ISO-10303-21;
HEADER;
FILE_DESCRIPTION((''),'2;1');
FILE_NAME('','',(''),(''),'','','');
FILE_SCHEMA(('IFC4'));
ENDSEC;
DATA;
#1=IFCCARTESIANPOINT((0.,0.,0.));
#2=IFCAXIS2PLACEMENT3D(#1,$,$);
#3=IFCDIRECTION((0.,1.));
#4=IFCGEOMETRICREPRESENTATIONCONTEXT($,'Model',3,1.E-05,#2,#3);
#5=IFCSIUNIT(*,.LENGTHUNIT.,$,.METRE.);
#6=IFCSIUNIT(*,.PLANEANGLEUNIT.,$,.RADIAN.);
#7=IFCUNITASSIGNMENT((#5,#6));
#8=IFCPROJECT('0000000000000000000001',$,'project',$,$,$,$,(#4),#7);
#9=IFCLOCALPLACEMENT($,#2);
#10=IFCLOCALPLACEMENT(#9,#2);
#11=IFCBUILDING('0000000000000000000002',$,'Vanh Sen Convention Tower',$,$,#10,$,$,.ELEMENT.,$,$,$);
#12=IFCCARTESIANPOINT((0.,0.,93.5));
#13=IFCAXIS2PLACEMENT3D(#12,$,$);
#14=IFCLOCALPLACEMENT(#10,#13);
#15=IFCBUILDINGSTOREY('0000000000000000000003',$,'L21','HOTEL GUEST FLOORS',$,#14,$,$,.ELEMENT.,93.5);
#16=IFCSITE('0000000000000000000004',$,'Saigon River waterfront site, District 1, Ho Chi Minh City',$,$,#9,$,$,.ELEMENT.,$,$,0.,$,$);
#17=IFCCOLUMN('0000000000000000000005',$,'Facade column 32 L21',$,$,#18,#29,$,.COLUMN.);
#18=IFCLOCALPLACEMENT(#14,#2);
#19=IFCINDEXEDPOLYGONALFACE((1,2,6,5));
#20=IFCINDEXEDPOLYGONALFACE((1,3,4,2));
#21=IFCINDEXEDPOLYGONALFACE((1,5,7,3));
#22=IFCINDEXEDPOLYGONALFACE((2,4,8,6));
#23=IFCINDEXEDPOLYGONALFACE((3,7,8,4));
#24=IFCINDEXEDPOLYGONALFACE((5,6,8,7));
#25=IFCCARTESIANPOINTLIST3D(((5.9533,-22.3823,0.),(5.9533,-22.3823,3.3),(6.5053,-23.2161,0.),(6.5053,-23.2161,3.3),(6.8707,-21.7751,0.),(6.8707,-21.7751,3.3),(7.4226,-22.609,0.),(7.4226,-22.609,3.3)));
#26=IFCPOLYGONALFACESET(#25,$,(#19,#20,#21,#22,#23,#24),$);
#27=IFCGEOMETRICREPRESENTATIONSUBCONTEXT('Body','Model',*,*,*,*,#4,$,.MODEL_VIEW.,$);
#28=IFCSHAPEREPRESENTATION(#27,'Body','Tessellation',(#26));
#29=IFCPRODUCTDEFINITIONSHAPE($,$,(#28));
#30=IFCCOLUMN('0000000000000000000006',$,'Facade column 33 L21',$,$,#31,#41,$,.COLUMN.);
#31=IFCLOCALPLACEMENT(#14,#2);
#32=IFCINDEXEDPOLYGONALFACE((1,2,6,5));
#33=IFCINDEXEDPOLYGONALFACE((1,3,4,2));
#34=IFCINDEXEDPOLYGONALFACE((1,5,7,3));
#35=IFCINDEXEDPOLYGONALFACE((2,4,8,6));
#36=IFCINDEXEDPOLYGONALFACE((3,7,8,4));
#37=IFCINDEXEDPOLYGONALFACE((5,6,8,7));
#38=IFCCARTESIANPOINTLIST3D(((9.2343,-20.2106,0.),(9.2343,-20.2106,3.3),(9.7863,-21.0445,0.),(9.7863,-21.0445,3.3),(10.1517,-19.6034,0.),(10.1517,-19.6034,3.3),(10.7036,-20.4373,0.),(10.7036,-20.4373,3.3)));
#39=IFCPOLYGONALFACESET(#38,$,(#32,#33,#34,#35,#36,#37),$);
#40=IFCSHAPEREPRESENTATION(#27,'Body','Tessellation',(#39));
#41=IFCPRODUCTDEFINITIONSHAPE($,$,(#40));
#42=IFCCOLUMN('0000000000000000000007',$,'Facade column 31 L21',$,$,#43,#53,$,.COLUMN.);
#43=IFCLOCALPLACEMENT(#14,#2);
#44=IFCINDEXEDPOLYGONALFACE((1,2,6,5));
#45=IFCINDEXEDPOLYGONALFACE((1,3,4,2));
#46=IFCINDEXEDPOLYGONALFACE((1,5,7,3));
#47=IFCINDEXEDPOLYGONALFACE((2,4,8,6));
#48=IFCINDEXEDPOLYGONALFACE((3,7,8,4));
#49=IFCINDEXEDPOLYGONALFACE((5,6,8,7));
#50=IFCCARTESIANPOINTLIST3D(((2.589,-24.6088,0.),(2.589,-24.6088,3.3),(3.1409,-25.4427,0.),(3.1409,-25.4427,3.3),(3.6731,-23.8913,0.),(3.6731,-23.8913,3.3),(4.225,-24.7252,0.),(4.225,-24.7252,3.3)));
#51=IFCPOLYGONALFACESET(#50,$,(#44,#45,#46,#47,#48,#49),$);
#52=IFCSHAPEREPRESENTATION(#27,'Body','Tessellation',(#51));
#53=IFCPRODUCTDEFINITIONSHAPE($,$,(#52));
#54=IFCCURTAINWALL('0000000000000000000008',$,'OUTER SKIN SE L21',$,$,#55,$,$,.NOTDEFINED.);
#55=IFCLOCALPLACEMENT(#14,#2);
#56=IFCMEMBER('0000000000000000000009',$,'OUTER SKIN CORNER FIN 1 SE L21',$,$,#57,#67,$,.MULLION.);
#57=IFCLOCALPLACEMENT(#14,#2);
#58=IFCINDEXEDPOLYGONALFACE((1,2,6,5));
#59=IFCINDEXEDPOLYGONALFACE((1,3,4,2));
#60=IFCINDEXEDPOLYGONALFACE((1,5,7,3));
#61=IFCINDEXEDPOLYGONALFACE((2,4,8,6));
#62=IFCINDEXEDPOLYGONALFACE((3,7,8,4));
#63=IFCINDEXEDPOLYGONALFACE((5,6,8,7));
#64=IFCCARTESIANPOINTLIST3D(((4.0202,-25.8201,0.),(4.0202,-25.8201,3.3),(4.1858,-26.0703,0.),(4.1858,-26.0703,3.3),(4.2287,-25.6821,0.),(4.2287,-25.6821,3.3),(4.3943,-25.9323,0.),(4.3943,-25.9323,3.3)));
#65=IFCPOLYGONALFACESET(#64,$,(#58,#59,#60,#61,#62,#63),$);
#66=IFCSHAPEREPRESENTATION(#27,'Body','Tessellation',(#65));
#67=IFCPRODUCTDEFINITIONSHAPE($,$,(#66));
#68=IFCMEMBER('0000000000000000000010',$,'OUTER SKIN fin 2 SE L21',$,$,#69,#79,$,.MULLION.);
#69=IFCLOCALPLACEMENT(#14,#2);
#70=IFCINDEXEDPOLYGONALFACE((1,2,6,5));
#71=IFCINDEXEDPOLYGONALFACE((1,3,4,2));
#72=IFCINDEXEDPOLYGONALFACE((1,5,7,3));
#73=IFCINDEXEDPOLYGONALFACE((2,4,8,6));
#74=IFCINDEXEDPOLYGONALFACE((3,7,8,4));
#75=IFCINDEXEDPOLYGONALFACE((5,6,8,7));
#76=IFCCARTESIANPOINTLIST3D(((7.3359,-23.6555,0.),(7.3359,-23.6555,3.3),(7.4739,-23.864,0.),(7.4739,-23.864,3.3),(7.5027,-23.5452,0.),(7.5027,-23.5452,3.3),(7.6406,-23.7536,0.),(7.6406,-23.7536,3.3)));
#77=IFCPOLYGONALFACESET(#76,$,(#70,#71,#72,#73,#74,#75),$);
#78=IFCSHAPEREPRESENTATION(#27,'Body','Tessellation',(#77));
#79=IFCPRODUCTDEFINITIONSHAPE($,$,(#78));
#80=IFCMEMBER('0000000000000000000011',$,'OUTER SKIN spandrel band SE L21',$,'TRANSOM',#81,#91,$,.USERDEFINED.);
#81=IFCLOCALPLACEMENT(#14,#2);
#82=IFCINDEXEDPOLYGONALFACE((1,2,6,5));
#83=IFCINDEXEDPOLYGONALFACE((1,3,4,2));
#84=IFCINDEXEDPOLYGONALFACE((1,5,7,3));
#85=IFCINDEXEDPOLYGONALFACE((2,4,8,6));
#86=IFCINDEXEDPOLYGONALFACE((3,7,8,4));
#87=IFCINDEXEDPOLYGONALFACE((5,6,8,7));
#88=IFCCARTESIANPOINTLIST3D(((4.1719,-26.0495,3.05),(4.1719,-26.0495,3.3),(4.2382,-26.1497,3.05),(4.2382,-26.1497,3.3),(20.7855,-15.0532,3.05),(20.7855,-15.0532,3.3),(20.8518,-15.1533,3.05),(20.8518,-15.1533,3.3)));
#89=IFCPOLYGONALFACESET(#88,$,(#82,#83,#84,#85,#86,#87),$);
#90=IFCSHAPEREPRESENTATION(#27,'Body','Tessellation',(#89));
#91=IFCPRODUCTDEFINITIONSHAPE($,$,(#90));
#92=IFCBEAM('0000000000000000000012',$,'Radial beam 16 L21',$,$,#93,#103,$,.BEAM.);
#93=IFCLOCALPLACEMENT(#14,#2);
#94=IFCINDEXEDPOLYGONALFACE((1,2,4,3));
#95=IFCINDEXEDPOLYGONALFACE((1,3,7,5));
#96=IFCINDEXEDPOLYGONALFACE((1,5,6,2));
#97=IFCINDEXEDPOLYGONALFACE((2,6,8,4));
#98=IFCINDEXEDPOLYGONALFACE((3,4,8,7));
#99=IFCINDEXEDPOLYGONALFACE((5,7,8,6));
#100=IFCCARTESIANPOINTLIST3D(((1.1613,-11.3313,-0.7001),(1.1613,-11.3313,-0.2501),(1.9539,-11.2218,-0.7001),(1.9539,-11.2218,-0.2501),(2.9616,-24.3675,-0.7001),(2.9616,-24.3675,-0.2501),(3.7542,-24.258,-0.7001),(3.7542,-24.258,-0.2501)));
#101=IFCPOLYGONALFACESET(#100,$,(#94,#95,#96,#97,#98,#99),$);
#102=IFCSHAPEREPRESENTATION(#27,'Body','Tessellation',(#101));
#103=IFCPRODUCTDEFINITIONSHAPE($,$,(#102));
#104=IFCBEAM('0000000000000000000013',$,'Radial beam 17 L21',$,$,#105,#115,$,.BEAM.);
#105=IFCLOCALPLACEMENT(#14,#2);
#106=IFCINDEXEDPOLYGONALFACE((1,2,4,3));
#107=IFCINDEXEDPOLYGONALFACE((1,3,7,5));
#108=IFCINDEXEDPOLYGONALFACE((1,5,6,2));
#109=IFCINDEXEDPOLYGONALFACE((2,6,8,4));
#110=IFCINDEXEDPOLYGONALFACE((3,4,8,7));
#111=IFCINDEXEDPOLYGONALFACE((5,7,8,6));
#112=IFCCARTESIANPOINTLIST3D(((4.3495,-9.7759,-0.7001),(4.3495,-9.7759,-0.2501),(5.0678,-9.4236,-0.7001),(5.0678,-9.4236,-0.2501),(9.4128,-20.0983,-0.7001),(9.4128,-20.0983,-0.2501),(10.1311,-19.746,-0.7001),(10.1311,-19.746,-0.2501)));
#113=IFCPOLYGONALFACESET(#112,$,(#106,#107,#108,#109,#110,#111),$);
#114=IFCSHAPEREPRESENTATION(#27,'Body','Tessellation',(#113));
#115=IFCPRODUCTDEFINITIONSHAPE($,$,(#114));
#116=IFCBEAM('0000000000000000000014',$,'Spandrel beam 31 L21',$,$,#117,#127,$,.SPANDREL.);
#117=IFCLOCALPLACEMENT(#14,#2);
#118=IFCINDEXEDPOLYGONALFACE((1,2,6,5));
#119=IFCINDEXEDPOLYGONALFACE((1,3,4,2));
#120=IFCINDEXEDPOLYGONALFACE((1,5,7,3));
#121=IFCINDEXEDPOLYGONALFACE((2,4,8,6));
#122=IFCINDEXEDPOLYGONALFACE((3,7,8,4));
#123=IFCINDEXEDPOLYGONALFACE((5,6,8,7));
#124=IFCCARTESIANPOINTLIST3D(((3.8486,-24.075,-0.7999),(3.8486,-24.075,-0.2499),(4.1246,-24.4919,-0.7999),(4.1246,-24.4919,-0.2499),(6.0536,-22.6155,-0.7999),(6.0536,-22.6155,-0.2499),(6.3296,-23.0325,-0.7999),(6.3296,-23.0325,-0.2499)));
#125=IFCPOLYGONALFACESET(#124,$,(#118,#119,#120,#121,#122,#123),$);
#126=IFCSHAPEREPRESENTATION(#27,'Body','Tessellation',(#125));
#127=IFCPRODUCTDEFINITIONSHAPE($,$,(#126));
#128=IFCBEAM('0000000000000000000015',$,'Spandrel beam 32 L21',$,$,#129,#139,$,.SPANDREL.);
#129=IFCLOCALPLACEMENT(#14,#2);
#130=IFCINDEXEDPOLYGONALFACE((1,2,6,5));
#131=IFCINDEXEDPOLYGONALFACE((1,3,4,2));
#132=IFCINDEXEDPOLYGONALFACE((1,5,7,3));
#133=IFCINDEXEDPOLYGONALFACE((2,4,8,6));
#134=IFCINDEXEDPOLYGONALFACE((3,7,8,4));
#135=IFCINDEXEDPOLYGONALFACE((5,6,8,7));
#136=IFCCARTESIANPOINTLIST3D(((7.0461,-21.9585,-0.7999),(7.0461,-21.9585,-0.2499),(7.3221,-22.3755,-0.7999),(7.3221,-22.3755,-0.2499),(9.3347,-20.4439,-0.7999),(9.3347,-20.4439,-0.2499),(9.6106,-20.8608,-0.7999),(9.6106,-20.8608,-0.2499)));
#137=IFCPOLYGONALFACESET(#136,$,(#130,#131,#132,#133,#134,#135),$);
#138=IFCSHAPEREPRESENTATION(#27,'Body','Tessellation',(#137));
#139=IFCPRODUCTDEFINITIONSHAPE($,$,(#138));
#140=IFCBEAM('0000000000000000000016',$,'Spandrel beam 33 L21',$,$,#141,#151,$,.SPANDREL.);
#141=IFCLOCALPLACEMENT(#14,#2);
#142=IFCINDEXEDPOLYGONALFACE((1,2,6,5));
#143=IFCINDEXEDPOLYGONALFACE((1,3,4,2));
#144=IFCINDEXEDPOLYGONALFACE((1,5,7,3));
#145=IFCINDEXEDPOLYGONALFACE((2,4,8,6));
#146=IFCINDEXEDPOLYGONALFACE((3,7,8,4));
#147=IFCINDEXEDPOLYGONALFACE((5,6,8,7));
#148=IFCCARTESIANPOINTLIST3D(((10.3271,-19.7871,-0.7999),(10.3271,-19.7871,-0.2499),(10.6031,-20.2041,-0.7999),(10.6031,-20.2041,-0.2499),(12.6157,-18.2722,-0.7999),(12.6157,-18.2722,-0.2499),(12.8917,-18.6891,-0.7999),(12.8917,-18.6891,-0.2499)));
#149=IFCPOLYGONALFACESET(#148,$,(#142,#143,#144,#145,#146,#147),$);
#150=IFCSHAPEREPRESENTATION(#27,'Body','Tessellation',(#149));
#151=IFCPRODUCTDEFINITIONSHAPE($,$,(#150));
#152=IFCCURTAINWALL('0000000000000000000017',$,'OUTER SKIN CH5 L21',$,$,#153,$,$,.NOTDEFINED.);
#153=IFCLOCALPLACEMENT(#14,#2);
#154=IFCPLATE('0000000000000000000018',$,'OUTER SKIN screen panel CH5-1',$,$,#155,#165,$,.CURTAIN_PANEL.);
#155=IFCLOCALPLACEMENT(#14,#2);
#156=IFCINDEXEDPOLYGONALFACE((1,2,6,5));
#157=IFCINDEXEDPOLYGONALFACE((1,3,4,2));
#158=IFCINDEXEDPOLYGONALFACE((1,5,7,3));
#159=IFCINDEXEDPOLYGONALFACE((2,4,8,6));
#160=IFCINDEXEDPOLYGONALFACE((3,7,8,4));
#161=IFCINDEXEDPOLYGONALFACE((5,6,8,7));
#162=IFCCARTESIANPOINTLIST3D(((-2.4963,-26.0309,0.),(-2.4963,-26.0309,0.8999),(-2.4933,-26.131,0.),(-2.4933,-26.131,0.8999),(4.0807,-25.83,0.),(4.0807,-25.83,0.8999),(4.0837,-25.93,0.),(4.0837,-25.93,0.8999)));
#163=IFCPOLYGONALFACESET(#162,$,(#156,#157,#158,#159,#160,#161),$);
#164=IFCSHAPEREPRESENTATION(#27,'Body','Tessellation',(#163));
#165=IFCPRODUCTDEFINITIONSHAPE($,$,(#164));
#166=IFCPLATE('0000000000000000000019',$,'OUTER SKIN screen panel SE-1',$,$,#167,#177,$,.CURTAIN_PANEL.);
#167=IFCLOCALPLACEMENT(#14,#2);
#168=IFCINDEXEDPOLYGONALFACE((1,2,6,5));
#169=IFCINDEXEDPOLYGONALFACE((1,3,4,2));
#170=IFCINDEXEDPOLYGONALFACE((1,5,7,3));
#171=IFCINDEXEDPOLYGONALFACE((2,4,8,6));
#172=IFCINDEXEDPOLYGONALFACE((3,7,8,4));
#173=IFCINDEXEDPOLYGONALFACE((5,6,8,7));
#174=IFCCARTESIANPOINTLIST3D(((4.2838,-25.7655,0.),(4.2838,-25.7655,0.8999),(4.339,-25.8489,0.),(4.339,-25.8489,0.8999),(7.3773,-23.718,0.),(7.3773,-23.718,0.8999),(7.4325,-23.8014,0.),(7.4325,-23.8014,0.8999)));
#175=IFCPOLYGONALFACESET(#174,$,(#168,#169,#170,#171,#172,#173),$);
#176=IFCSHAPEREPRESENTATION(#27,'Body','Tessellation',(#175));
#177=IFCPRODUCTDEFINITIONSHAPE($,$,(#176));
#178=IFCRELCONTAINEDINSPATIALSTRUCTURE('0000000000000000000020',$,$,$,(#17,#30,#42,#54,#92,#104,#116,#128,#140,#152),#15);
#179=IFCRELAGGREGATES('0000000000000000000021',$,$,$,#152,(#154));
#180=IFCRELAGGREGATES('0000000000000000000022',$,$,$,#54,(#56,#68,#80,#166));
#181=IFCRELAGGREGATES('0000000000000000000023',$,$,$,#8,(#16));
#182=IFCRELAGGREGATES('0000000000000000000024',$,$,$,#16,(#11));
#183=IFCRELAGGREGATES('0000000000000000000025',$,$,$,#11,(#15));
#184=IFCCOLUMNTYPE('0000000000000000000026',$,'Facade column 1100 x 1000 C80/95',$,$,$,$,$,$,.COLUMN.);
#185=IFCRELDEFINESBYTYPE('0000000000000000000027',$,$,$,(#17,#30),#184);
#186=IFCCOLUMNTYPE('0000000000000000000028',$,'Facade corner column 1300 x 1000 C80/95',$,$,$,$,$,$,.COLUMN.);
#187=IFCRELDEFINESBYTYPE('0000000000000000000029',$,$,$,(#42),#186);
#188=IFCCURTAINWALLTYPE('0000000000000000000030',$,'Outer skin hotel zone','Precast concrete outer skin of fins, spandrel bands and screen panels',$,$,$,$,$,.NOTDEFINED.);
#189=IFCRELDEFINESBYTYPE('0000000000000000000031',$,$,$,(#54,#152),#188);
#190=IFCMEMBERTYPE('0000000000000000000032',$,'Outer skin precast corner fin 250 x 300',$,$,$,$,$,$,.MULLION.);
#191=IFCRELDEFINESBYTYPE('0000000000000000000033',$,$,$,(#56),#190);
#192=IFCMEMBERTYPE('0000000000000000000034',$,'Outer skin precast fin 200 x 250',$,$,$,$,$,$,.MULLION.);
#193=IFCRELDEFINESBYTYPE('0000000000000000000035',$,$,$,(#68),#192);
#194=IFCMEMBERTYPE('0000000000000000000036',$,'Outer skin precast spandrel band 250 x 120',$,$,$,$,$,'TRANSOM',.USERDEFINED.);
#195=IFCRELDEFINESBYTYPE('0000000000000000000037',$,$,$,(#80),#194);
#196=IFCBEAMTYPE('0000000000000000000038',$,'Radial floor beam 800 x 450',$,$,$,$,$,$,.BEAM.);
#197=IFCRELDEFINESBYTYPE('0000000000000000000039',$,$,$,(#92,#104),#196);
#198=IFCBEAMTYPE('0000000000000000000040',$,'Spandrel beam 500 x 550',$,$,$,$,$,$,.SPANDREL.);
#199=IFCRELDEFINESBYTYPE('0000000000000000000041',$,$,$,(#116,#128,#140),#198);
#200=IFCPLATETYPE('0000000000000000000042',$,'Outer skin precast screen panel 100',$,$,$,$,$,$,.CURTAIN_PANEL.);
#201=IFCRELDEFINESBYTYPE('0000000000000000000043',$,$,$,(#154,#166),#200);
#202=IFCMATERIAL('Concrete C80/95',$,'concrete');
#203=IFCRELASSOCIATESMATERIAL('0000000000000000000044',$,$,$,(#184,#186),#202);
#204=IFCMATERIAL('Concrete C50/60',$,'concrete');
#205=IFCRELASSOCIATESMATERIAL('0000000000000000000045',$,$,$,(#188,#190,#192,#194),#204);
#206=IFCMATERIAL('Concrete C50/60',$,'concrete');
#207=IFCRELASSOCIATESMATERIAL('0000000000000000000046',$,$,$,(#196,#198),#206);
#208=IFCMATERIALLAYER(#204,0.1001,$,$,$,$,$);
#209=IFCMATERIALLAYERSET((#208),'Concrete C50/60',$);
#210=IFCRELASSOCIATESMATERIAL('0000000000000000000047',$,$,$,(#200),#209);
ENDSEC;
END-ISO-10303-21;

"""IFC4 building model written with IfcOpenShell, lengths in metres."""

from ifc_helpers import new_model, si_unit, direction, frame, origin, origin_2d, place, context, subcontext, project, spatial, rectangle, extrude, material, layer, layer_set, material_profile, profile_set, type_object, element, aggregate, save


model = new_model("IFC4")

# Units and contexts
model_context = context("Model", 3, precision=1e-05, world=origin(), true_north=direction((0.0, 1.0)))
body_context = subcontext(model_context, "Body", "Model", "MODEL_VIEW")
ifc_project = project(units=[si_unit("LENGTHUNIT", "METRE"), si_unit("PLANEANGLEUNIT", "RADIAN")], contexts=[model_context])

# Site, building, storey
site_placement = place(None, origin())
site = spatial("IfcSite", under=ifc_project, at=site_placement, Name="Saigon River waterfront site, District 1, Ho Chi Minh City", CompositionType="ELEMENT", RefElevation=0.0)
building_placement = place(site_placement, origin())
building = spatial("IfcBuilding", under=site, at=building_placement, Name="Vanh Sen Convention Tower", CompositionType="ELEMENT")
storey_placement = place(building_placement, frame((0.0, 0.0, 93.5)))
storey = spatial("IfcBuildingStorey", under=building, at=storey_placement, Name="L21", Description="HOTEL GUEST FLOORS", CompositionType="ELEMENT", Elevation=93.5)

# Columns
ifc_material_1 = material(Name="Concrete C80/95", Category="concrete")
ifc_material_profile_1 = material_profile(ifc_material_1, rectangle(XDim=1.1001, YDim=1.0, at=origin_2d()), Name="RC 1100X1000")
ifc_profile_set_1 = profile_set([ifc_material_profile_1], Name="Concrete C80/95")
column_type_1 = type_object("IfcColumnType", Name="Facade column 1100 x 1000 C80/95", PredefinedType="COLUMN", material=ifc_profile_set_1)
for number, where, z_axis, x_axis, name in (
    (1, (6.688, -22.4956, 0.0), (0.0, 0.0, 1.0), (0.833886, 0.551937, 0.0), "Facade column 32 L21"),
    (2, (9.969, -20.324, 0.0), (0.0, 0.0, 1.0), (0.833886, 0.551937, 0.0), "Facade column 33 L21"),
):
    element("IfcColumn", number, at=place(storey_placement, frame(where, z_axis=z_axis, x_axis=x_axis)), inside=storey, type_object=column_type_1, Name=name, PredefinedType="COLUMN", context=body_context, shape_type="SweptSolid", body=[
        extrude(rectangle(XDim=1.1001, YDim=1.0, at=origin_2d()), origin(), (0.0, 0.0, 1.0), 3.3),
    ])
ifc_material_profile_2 = material_profile(ifc_material_1, rectangle(XDim=1.3, YDim=1.0, at=origin_2d()), Name="RC 1300X1000")
ifc_profile_set_2 = profile_set([ifc_material_profile_2], Name="Concrete C80/95")
column_type_2 = type_object("IfcColumnType", Name="Facade corner column 1300 x 1000 C80/95", PredefinedType="COLUMN", material=ifc_profile_set_2)
column_placement = place(storey_placement, frame((3.407, -24.667, 0.0), z_axis=(0.0, 0.0, 1.0), x_axis=(0.833886, 0.551937, 0.0)))
element("IfcColumn", 3, at=column_placement, inside=storey, type_object=column_type_2, Name="Facade column 31 L21", PredefinedType="COLUMN", context=body_context, shape_type="SweptSolid", body=[
    extrude(rectangle(XDim=1.3, YDim=1.0, at=origin_2d()), origin(), (0.0, 0.0, 1.0), 3.3),
])

# Curtain wall, members
ifc_material_2 = material(Name="Concrete C50/60", Category="concrete")
curtain_wall_type = type_object("IfcCurtainWallType", Name="Outer skin hotel zone", Description="Precast concrete outer skin of fins, spandrel bands and screen panels", PredefinedType="NOTDEFINED", material=ifc_material_2)
curtain_wall_1_placement = place(storey_placement, origin())
curtain_wall_1 = element("IfcCurtainWall", 4, at=curtain_wall_1_placement, inside=storey, type_object=curtain_wall_type, Name="OUTER SKIN SE L21", PredefinedType="NOTDEFINED")
ifc_material_profile_3 = material_profile(ifc_material_2, rectangle(XDim=0.25, YDim=0.3, at=origin_2d()), Name="Outer skin precast corner fin 250 x 300")
ifc_profile_set_3 = profile_set([ifc_material_profile_3], Name="Concrete C50/60")
member_type_1 = type_object("IfcMemberType", Name="Outer skin precast corner fin 250 x 300", PredefinedType="MULLION", material=ifc_profile_set_3)
member_1_placement = place(storey_placement, frame((4.2073, -25.8762, 0.0), z_axis=(0.0, 0.0, 1.0), x_axis=(0.833886, 0.551937, 0.0)))
member_1 = element("IfcMember", 5, at=member_1_placement, type_object=member_type_1, Name="OUTER SKIN CORNER FIN 1 SE L21", PredefinedType="MULLION", context=body_context, shape_type="SweptSolid", body=[
    extrude(rectangle(XDim=0.25, YDim=0.3, at=origin_2d()), origin(), (0.0, 0.0, 1.0), 3.3),
])
ifc_material_profile_4 = material_profile(ifc_material_2, rectangle(XDim=0.2, YDim=0.25, at=origin_2d()), Name="Outer skin precast fin 200 x 250")
ifc_profile_set_4 = profile_set([ifc_material_profile_4], Name="Concrete C50/60")
member_type_2 = type_object("IfcMemberType", Name="Outer skin precast fin 200 x 250", PredefinedType="MULLION", material=ifc_profile_set_4)
member_2_placement = place(storey_placement, frame((7.4883, -23.7046, 0.0), z_axis=(0.0, 0.0, 1.0), x_axis=(0.833886, 0.551937, 0.0)))
member_2 = element("IfcMember", 6, at=member_2_placement, type_object=member_type_2, Name="OUTER SKIN fin 2 SE L21", PredefinedType="MULLION", context=body_context, shape_type="SweptSolid", body=[
    extrude(rectangle(XDim=0.2, YDim=0.25, at=origin_2d()), origin(), (0.0, 0.0, 1.0), 3.3),
])
ifc_material_profile_5 = material_profile(ifc_material_2, rectangle(XDim=0.1201, YDim=0.25, at=origin_2d()), Name="Outer skin precast spandrel band 250 x 120")
ifc_profile_set_5 = profile_set([ifc_material_profile_5], Name="Concrete C50/60")
member_type_3 = type_object("IfcMemberType", Name="Outer skin precast spandrel band 250 x 120", ElementType="TRANSOM", PredefinedType="USERDEFINED", material=ifc_profile_set_5)
member_3_placement = place(storey_placement, frame((4.2051, -26.0996, 3.175), z_axis=(0.833884, 0.55194, 0.0), x_axis=(-0.55194, 0.833884, 0.0)))
member_3 = element("IfcMember", 7, at=member_3_placement, type_object=member_type_3, Name="OUTER SKIN spandrel band SE L21", ObjectType="TRANSOM", PredefinedType="USERDEFINED", context=body_context, shape_type="SweptSolid", body=[
    extrude(rectangle(XDim=0.1201, YDim=0.25, at=origin_2d()), origin(), (0.0, 0.0, 1.0), 19.9231),
])

# Beams
ifc_material_3 = material(Name="Concrete C50/60", Category="concrete")
ifc_material_profile_6 = material_profile(ifc_material_3, rectangle(XDim=0.8, YDim=0.45, at=origin_2d()), Name="RC 800X450")
ifc_profile_set_6 = profile_set([ifc_material_profile_6], Name="Concrete C50/60")
beam_type_1 = type_object("IfcBeamType", Name="Radial floor beam 800 x 450", PredefinedType="BEAM", material=ifc_profile_set_6)
beam_1_placement = place(storey_placement, frame((3.3579, -24.3127, -0.4751), z_axis=(-0.136802, 0.990598, 0.0), x_axis=(-0.990598, -0.136802, 0.0)))
element("IfcBeam", 8, at=beam_1_placement, inside=storey, type_object=beam_type_1, Name="Radial beam 16 L21", PredefinedType="BEAM", context=body_context, shape_type="SweptSolid", body=[
    extrude(rectangle(XDim=0.8, YDim=0.45, at=origin_2d()), origin(), (0.0, 0.0, 1.0), 13.1599),
])
beam_2_placement = place(storey_placement, frame((9.772, -19.9221, -0.4751), z_axis=(-0.440389, 0.897807, 0.0), x_axis=(-0.897807, -0.440389, 0.0)))
element("IfcBeam", 9, at=beam_2_placement, inside=storey, type_object=beam_type_1, Name="Radial beam 17 L21", PredefinedType="BEAM", context=body_context, shape_type="SweptSolid", body=[
    extrude(rectangle(XDim=0.8, YDim=0.45, at=origin_2d()), origin(), (0.0, 0.0, 1.0), 11.4973),
])
ifc_material_profile_7 = material_profile(ifc_material_3, rectangle(XDim=0.5, YDim=0.55, at=origin_2d()), Name="RC 500X550")
ifc_profile_set_7 = profile_set([ifc_material_profile_7], Name="Concrete C50/60")
beam_type_2 = type_object("IfcBeamType", Name="Spandrel beam 500 x 550", PredefinedType="SPANDREL", material=ifc_profile_set_7)
beam_3_placement = place(storey_placement, frame((3.9866, -24.2834, -0.5249), z_axis=(0.833892, 0.551927, 0.0), x_axis=(-0.551927, 0.833892, 0.0)))
element("IfcBeam", 10, at=beam_3_placement, inside=storey, type_object=beam_type_2, Name="Spandrel beam 31 L21", PredefinedType="SPANDREL", context=body_context, shape_type="SweptSolid", body=[
    extrude(rectangle(XDim=0.5, YDim=0.55, at=origin_2d()), origin(), (0.0, 0.0, 1.0), 2.6443),
])
beam_4_placement = place(storey_placement, frame((7.1841, -22.167, -0.5249), z_axis=(0.833907, 0.551905, 0.0), x_axis=(-0.551905, 0.833907, 0.0)))
element("IfcBeam", 11, at=beam_4_placement, inside=storey, type_object=beam_type_2, Name="Spandrel beam 32 L21", PredefinedType="SPANDREL", context=body_context, shape_type="SweptSolid", body=[
    extrude(rectangle(XDim=0.5, YDim=0.55, at=origin_2d()), origin(), (0.0, 0.0, 1.0), 2.7444),
])
beam_5_placement = place(storey_placement, frame((10.4651, -19.9956, -0.5249), z_axis=(0.833866, 0.551967, 0.0), x_axis=(-0.551967, 0.833866, 0.0)))
element("IfcBeam", 12, at=beam_5_placement, inside=storey, type_object=beam_type_2, Name="Spandrel beam 33 L21", PredefinedType="SPANDREL", context=body_context, shape_type="SweptSolid", body=[
    extrude(rectangle(XDim=0.5, YDim=0.55, at=origin_2d()), origin(), (0.0, 0.0, 1.0), 2.7446),
])

# Curtain wall, plate
curtain_wall_2_placement = place(storey_placement, origin())
curtain_wall_2 = element("IfcCurtainWall", 13, at=curtain_wall_2_placement, inside=storey, type_object=curtain_wall_type, Name="OUTER SKIN CH5 L21", PredefinedType="NOTDEFINED")
ifc_layer_1 = layer(ifc_material_2, 0.1001)
ifc_layer_set_1 = layer_set([ifc_layer_1], Name="Concrete C50/60")
plate_type = type_object("IfcPlateType", Name="Outer skin precast screen panel 100", PredefinedType="CURTAIN_PANEL", material=ifc_layer_set_1)
plate_1_placement = place(storey_placement, frame((0.7937, -25.9805, 0.0), z_axis=(0.0, 0.0, 1.0), x_axis=(0.999533, 0.030542, 0.0)))
plate_1 = element("IfcPlate", 14, at=plate_1_placement, type_object=plate_type, Name="OUTER SKIN screen panel CH5-1", PredefinedType="CURTAIN_PANEL", context=body_context, shape_type="SweptSolid", body=[
    extrude(rectangle(XDim=6.5801, YDim=0.1001, at=origin_2d()), origin(), (0.0, 0.0, 1.0), 0.8999),
])
aggregate(curtain_wall_2, [plate_1])

# Plate
plate_2_placement = place(storey_placement, frame((5.8582, -24.7834, 0.0), z_axis=(0.0, 0.0, 1.0), x_axis=(0.833892, 0.551928, 0.0)))
plate_2 = element("IfcPlate", 15, at=plate_2_placement, type_object=plate_type, Name="OUTER SKIN screen panel SE-1", PredefinedType="CURTAIN_PANEL", context=body_context, shape_type="SweptSolid", body=[
    extrude(rectangle(XDim=3.7097, YDim=0.1001, at=origin_2d()), origin(), (0.0, 0.0, 1.0), 0.8999),
])
aggregate(curtain_wall_1, [member_1, member_2, member_3, plate_2])

save(model, "model.ifc")
